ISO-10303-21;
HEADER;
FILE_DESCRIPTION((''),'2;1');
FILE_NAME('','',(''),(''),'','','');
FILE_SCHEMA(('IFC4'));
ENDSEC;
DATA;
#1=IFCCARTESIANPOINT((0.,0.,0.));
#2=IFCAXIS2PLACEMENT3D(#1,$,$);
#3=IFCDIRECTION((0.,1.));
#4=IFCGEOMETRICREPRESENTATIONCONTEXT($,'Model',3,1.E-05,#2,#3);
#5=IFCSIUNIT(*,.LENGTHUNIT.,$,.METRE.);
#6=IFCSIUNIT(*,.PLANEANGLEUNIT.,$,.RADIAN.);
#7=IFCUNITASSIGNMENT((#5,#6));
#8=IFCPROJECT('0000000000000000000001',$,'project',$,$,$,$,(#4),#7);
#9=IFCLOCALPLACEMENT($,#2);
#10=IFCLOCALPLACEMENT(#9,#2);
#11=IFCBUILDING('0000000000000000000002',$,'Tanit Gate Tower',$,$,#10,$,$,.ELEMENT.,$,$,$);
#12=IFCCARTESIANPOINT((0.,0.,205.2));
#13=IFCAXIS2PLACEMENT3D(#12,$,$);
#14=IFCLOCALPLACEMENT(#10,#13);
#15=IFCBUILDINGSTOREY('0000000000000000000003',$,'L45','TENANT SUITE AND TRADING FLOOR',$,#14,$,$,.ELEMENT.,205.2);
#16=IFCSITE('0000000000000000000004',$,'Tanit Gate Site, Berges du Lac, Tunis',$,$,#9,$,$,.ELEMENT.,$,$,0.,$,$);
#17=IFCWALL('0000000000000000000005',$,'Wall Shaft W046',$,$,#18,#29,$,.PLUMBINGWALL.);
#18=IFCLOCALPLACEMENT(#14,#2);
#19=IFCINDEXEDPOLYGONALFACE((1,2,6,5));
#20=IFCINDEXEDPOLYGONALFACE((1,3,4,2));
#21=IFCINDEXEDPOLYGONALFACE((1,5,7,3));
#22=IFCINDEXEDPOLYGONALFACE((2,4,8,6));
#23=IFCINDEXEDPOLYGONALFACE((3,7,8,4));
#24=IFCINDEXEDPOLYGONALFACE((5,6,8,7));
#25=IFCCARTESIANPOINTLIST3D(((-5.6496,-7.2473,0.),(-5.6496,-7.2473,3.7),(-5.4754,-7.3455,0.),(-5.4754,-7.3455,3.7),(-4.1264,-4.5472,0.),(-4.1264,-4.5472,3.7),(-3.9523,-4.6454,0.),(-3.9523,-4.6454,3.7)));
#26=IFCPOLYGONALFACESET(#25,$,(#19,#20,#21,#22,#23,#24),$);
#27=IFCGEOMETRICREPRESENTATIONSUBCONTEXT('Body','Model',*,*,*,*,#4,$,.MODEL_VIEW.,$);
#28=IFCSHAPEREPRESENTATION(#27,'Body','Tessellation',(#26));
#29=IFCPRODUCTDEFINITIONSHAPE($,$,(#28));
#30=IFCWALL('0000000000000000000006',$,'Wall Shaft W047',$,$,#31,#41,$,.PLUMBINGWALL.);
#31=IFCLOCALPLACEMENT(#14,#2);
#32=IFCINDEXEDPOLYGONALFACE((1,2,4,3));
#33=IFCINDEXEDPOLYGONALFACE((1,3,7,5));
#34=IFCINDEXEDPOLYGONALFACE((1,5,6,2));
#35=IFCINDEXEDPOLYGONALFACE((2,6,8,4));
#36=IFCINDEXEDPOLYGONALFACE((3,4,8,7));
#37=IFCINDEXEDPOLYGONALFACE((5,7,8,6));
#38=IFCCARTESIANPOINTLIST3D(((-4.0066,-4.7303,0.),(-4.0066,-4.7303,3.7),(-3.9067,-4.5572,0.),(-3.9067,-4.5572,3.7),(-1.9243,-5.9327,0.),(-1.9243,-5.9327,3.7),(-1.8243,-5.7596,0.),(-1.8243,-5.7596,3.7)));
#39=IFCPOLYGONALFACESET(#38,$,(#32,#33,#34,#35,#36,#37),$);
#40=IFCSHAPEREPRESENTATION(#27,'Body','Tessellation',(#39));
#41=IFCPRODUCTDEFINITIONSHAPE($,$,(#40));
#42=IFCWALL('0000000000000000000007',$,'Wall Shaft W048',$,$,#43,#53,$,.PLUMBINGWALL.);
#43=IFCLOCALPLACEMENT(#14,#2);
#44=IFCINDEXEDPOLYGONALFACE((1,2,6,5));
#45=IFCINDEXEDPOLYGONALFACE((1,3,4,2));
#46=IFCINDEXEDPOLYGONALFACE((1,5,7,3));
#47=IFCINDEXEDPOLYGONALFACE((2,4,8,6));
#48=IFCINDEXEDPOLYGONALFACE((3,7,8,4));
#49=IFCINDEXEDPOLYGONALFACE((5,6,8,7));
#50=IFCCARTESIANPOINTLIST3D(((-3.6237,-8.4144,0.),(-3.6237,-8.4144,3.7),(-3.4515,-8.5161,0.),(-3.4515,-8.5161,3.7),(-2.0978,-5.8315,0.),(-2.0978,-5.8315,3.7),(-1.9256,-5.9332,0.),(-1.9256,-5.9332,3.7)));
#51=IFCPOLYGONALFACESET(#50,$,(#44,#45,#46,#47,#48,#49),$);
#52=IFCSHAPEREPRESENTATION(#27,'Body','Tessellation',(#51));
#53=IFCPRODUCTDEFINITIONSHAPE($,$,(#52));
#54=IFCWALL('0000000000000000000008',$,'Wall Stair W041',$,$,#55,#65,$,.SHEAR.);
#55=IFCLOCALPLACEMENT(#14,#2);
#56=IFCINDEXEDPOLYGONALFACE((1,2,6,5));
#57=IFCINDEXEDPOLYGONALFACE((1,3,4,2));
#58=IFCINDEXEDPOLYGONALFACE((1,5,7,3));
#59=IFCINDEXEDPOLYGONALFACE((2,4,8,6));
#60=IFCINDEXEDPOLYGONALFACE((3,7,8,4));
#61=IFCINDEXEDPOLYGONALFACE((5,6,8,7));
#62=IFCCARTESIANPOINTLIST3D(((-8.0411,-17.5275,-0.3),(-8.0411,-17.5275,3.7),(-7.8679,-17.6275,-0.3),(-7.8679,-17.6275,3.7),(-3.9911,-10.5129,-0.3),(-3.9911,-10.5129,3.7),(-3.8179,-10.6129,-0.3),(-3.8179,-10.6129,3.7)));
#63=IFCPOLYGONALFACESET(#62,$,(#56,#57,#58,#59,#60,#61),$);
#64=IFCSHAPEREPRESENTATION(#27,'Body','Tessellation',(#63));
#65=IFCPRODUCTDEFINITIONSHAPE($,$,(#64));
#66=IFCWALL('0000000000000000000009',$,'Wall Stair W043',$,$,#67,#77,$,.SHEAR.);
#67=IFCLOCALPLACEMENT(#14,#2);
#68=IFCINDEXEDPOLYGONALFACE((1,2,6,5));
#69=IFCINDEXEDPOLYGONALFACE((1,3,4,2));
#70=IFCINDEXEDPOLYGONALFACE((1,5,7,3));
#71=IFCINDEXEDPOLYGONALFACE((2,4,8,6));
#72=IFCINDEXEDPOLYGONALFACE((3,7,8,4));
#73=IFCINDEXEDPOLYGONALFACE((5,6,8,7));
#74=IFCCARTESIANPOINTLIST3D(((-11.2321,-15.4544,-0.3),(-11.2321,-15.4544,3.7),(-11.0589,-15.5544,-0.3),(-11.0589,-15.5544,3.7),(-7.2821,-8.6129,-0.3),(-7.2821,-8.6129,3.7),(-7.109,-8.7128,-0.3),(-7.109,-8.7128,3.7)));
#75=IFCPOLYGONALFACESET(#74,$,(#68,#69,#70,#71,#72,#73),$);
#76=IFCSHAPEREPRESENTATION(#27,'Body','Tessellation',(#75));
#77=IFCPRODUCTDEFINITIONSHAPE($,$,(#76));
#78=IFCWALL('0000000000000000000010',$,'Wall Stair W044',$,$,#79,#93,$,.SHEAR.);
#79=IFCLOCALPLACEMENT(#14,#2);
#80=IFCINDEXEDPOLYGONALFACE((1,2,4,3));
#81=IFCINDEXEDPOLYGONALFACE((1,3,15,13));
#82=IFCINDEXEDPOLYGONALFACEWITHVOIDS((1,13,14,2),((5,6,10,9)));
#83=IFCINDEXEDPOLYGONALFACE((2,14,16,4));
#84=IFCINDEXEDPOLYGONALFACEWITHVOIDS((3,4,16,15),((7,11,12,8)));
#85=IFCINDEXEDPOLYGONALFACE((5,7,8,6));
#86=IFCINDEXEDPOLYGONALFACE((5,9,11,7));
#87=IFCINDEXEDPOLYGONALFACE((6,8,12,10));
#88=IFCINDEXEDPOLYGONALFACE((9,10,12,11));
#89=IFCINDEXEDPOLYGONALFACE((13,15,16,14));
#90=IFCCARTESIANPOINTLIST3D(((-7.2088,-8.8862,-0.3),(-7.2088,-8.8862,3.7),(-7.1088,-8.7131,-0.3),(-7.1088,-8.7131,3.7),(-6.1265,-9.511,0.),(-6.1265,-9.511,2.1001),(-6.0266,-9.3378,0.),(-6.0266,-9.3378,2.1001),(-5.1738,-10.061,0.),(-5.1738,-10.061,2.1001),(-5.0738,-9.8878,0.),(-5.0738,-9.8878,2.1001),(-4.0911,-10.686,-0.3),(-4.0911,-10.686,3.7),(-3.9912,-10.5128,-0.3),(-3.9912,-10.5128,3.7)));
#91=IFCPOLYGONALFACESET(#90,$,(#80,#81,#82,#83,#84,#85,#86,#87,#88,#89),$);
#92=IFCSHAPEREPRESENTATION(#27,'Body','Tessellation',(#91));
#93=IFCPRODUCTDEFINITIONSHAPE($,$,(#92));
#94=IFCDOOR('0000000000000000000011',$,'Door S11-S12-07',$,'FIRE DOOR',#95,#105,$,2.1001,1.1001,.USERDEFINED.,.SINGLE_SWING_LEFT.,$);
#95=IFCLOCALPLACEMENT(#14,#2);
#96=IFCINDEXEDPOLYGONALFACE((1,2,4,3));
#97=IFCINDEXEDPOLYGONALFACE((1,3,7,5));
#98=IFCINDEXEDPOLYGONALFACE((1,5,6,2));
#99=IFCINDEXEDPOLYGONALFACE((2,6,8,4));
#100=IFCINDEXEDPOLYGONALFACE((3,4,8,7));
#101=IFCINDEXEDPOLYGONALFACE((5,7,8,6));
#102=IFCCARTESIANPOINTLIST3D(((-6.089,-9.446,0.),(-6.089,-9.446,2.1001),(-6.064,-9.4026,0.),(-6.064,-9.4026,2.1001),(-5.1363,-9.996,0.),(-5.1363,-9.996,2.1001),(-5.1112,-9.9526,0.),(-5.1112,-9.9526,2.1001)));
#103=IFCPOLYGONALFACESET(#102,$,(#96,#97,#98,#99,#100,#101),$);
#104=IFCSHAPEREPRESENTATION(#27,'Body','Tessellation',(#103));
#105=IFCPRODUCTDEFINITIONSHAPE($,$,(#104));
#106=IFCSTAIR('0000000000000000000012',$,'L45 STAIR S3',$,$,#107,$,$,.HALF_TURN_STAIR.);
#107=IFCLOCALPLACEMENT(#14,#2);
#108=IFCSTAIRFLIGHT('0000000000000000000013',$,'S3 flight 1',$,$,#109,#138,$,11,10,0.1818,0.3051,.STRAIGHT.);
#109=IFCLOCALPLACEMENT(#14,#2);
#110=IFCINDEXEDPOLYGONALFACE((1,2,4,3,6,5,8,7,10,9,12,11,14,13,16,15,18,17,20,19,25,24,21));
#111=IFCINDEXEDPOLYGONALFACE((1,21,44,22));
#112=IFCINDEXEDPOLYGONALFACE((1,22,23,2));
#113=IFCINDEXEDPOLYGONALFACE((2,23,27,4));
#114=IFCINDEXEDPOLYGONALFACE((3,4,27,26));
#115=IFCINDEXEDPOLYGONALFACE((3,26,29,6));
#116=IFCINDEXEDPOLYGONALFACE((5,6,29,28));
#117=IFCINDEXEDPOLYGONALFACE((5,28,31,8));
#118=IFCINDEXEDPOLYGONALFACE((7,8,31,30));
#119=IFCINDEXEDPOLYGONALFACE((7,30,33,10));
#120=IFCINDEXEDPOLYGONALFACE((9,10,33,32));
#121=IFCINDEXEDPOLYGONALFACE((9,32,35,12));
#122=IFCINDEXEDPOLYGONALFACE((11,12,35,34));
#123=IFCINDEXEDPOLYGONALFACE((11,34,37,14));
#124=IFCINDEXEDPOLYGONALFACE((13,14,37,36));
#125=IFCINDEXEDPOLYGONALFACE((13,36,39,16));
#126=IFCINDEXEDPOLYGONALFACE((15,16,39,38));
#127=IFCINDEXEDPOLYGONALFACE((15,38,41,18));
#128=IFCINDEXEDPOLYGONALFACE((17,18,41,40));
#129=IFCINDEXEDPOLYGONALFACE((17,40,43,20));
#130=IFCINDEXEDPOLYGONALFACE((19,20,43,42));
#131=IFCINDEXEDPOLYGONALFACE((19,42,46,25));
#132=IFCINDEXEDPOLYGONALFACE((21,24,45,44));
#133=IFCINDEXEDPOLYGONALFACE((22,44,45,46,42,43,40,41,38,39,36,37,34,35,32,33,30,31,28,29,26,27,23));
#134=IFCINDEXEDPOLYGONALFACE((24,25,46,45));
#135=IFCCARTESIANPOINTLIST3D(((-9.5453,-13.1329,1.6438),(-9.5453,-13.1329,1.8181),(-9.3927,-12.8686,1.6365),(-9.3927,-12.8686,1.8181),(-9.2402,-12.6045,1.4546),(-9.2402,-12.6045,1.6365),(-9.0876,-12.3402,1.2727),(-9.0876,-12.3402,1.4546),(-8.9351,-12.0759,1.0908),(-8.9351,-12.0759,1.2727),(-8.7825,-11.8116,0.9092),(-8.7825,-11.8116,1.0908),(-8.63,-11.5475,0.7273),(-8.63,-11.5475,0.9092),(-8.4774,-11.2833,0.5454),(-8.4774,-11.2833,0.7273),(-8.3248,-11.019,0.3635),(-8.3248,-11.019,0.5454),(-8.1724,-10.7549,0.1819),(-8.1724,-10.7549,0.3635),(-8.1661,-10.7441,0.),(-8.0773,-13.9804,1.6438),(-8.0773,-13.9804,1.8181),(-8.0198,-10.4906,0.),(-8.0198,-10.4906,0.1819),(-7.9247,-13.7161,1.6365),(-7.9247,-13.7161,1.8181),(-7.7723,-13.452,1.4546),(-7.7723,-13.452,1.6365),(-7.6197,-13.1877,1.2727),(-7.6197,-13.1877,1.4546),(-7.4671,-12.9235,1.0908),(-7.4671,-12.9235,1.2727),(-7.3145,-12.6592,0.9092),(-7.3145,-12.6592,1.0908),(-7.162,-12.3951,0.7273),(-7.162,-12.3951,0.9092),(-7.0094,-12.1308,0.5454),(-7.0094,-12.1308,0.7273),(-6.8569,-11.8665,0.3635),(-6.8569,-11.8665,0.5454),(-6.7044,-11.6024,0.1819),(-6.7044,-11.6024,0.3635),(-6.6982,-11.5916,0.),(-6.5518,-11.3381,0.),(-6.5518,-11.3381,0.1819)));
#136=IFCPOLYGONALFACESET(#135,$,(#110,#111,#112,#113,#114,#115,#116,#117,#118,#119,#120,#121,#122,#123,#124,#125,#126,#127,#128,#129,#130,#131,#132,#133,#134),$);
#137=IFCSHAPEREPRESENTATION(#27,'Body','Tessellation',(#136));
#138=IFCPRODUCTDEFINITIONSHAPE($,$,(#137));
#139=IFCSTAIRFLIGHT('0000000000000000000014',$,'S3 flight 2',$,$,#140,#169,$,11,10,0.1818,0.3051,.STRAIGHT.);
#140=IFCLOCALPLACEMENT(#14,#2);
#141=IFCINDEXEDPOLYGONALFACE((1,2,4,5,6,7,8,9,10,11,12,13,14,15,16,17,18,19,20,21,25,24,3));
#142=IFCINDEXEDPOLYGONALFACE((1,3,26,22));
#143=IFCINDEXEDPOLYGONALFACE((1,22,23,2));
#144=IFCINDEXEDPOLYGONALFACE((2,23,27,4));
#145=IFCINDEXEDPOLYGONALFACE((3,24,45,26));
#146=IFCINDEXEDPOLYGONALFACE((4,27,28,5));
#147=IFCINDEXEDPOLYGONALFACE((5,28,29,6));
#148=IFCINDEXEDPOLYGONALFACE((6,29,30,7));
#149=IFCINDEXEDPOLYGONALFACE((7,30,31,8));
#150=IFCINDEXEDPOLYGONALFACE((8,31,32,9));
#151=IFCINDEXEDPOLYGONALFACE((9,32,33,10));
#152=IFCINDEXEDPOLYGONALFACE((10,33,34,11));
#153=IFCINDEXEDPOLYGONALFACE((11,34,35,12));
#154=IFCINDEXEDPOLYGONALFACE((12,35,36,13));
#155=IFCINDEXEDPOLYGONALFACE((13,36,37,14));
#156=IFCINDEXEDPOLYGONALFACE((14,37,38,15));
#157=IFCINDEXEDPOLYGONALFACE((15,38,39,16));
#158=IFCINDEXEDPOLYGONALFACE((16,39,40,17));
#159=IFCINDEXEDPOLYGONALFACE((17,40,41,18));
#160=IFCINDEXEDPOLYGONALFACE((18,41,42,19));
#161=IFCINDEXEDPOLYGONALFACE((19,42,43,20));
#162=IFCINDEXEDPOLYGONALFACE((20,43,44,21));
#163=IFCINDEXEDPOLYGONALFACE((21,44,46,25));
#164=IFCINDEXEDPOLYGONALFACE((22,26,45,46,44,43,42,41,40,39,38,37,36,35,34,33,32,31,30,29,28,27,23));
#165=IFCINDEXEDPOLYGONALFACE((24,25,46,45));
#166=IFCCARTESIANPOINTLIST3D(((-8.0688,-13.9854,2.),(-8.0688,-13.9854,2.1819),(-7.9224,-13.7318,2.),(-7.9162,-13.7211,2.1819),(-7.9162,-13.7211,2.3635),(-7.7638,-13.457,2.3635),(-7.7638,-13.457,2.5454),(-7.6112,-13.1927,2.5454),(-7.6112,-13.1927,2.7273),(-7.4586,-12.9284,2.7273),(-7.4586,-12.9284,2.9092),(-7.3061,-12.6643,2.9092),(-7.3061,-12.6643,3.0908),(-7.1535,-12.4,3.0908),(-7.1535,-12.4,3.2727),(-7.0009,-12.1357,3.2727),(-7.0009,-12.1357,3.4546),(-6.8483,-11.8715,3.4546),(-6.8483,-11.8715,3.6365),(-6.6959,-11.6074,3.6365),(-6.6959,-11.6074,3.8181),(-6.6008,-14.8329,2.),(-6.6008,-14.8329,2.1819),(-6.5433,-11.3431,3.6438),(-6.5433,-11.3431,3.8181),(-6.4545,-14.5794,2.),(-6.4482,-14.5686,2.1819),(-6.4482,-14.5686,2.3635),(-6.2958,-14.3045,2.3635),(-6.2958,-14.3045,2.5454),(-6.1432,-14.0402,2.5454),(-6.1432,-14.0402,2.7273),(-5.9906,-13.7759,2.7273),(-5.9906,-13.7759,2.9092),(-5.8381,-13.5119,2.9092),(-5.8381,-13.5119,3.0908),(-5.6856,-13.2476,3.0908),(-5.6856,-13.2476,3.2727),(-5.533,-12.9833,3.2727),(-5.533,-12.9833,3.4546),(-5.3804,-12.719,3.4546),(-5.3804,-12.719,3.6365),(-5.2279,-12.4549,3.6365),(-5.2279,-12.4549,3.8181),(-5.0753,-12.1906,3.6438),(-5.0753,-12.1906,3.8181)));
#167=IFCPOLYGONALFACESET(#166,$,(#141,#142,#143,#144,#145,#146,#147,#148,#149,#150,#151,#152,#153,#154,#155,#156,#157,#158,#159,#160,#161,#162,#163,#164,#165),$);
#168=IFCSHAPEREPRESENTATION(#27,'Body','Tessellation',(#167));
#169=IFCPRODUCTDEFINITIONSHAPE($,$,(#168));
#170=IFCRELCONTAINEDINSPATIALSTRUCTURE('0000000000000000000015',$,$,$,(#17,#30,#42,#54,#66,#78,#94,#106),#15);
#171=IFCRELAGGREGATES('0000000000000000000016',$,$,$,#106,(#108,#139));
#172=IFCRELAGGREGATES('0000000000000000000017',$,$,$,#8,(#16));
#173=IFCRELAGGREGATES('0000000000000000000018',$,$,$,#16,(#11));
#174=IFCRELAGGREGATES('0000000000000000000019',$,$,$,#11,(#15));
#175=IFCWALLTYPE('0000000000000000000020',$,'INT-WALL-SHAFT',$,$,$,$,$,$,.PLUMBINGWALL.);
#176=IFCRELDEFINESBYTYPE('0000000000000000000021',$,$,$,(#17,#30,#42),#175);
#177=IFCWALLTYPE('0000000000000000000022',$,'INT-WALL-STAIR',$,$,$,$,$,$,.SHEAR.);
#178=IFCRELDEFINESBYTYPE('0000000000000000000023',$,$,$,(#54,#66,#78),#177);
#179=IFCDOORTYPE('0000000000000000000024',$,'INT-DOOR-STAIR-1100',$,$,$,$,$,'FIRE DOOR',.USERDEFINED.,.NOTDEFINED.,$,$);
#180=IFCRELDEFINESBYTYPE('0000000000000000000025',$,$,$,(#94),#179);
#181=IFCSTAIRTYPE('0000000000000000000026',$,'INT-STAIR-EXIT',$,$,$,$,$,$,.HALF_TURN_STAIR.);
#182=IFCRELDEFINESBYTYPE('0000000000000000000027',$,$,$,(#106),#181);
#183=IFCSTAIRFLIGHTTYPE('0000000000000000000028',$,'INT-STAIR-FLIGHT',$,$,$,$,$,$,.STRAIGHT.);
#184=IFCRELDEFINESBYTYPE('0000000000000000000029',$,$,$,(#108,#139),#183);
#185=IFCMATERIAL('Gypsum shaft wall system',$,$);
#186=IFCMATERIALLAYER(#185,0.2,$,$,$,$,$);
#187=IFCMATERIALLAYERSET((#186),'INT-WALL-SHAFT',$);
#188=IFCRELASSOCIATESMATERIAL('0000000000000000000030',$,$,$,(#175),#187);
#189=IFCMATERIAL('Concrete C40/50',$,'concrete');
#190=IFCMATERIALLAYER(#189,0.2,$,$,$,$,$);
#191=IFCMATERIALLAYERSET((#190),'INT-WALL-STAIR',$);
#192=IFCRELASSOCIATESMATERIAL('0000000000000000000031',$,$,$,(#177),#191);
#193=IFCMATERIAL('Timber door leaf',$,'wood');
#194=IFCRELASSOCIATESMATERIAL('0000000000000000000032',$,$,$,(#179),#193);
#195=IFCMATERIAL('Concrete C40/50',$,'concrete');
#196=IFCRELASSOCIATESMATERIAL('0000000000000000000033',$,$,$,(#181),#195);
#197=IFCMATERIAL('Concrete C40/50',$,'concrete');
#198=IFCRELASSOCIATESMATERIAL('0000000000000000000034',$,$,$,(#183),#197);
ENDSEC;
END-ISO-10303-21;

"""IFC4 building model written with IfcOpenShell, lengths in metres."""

from ifc_helpers import new_model, si_unit, direction, frame, frame_2d, origin, place, context, subcontext, project, spatial, polyline, rectangle, outline, extrude, material, layer, layer_set, type_object, element, fill, aggregate, save


model = new_model("IFC4")

# Units and contexts
model_context = context("Model", 3, precision=1e-05, world=origin(), true_north=direction((0.0, 1.0)))
body_context = subcontext(model_context, "Body", "Model", "MODEL_VIEW")
ifc_project = project(units=[si_unit("LENGTHUNIT", "METRE"), si_unit("PLANEANGLEUNIT", "RADIAN")], contexts=[model_context])

# Site, building, storey
site_placement = place(None, origin())
site = spatial("IfcSite", under=ifc_project, at=site_placement, Name="Tanit Gate Site, Berges du Lac, Tunis", CompositionType="ELEMENT", RefElevation=0.0)
building_placement = place(site_placement, origin())
building = spatial("IfcBuilding", under=site, at=building_placement, Name="Tanit Gate Tower", CompositionType="ELEMENT")
storey_placement = place(building_placement, frame((0.0, 0.0, 205.2)))
storey = spatial("IfcBuildingStorey", under=building, at=storey_placement, Name="L45", Description="TENANT SUITE AND TRADING FLOOR", CompositionType="ELEMENT", Elevation=205.2)

# Shared definitions
ifc_material_1 = material(Name="Gypsum shaft wall system")
ifc_layer_1 = layer(ifc_material_1, 0.2)
ifc_layer_set_1 = layer_set([ifc_layer_1], Name="INT-WALL-SHAFT")
wall_type_1 = type_object("IfcWallType", Name="INT-WALL-SHAFT", PredefinedType="PLUMBINGWALL", material=ifc_layer_set_1)

# Walls
wall_1_placement = place(storey_placement, frame((-5.5625, -7.2964, 0.0), z_axis=(0.0, 0.0, 1.0), x_axis=(0.491323, 0.870978, 0.0)))
element("IfcWall", 1, at=wall_1_placement, inside=storey, type_object=wall_type_1, Name="Wall Shaft W046", PredefinedType="PLUMBINGWALL", context=body_context, shape_type="SweptSolid", body=[
    extrude(rectangle(XDim=3.1001, YDim=0.2, at=frame_2d((1.55, 0.0))), origin(), (0.0, 0.0, 1.0), 3.7),
])
wall_2_placement = place(storey_placement, frame((-3.9565, -4.6438, 0.0), z_axis=(0.0, 0.0, 1.0), x_axis=(0.865991, -0.500059, 0.0)))
element("IfcWall", 2, at=wall_2_placement, inside=storey, type_object=wall_type_1, Name="Wall Shaft W047", PredefinedType="PLUMBINGWALL", context=body_context, shape_type="SweptSolid", body=[
    extrude(rectangle(XDim=2.4045, YDim=0.2, at=frame_2d((1.2021, 0.0))), origin(), (0.0, 0.0, 1.0), 3.7),
])
wall_3_placement = place(storey_placement, frame((-2.0117, -5.8823, 0.0), z_axis=(0.0, 0.0, 1.0), x_axis=(-0.50862, -0.860991, 0.0)))
element("IfcWall", 3, at=wall_3_placement, inside=storey, type_object=wall_type_1, Name="Wall Shaft W048", PredefinedType="PLUMBINGWALL", context=body_context, shape_type="SweptSolid", body=[
    extrude(rectangle(XDim=3.0, YDim=0.2, at=frame_2d((1.5, 0.0))), origin(), (0.0, 0.0, 1.0), 3.7),
])
ifc_material_2 = material(Name="Concrete C40/50", Category="concrete")
ifc_layer_2 = layer(ifc_material_2, 0.2)
ifc_layer_set_2 = layer_set([ifc_layer_2], Name="INT-WALL-STAIR")
wall_type_2 = type_object("IfcWallType", Name="INT-WALL-STAIR", PredefinedType="SHEAR", material=ifc_layer_set_2)
wall_4_placement = place(storey_placement, frame((-3.9045, -10.563, -0.3), z_axis=(0.0, 0.0, 1.0), x_axis=(-0.500013, -0.866018, 0.0)))
element("IfcWall", 4, at=wall_4_placement, inside=storey, type_object=wall_type_2, Name="Wall Stair W041", PredefinedType="SHEAR", context=body_context, shape_type="SweptSolid", body=[
    extrude(rectangle(XDim=8.0999, YDim=0.2, at=frame_2d((4.0498, 0.0))), origin(), (0.0, 0.0, 1.0), 4.0),
])
wall_5_placement = place(storey_placement, frame((-7.1956, -8.6628, -0.3), z_axis=(0.0, 0.0, 1.0), x_axis=(-0.499998, -0.866027, 0.0)))
element("IfcWall", 5, at=wall_5_placement, inside=storey, type_object=wall_type_2, Name="Wall Stair W043", PredefinedType="SHEAR", context=body_context, shape_type="SweptSolid", body=[
    extrude(rectangle(XDim=7.8999, YDim=0.2, at=frame_2d((3.95, 0.0))), origin(), (0.0, 0.0, 1.0), 4.0),
])

# Wall, opening, door
wall_6_placement = place(storey_placement, frame((-4.0413, -10.5994, -0.3), z_axis=(0.0, 0.0, 1.0), x_axis=(-0.866048, 0.499961, 0.0)))
wall_6 = element("IfcWall", 6, at=wall_6_placement, inside=storey, type_object=wall_type_2, Name="Wall Stair W044", PredefinedType="SHEAR", context=body_context, shape_type="SweptSolid", body=[
    extrude(rectangle(XDim=3.5999, YDim=0.2, at=frame_2d((1.7998, 0.0))), origin(), (0.0, 0.0, 1.0), 4.0),
])
opening_1_placement = place(wall_6_placement, frame((1.25, 0.0, 0.3)))
opening_1 = element("IfcOpeningElement", 7, at=opening_1_placement, cuts=wall_6, PredefinedType="OPENING", context=body_context, shape_type="SweptSolid", body=[
    extrude(rectangle(XDim=1.1001, YDim=2.1001, at=frame_2d((0.55, 1.05))), frame((0.0, 0.1099, 0.0), z_axis=(0.0, -1.0, 0.0), x_axis=(1.0, 0.0, 0.0)), (0.0, 0.0, 1.0), 0.22),
])
ifc_material_3 = material(Name="Timber door leaf", Category="wood")
door_type_1 = type_object("IfcDoorType", Name="INT-DOOR-STAIR-1100", ElementType="FIRE DOOR", OperationType="NOTDEFINED", PredefinedType="USERDEFINED", material=ifc_material_3)
door_1_placement = place(opening_1_placement, origin())
door_1 = element("IfcDoor", 8, at=door_1_placement, inside=storey, type_object=door_type_1, Name="Door S11-S12-07", ObjectType="FIRE DOOR", OperationType="SINGLE_SWING_LEFT", OverallHeight=2.1001, OverallWidth=1.1001, PredefinedType="USERDEFINED", context=body_context, shape_type="SweptSolid", body=[
    extrude(rectangle(XDim=1.1001, YDim=2.1001, at=frame_2d((0.55, 1.05))), frame((0.0, 0.0249, 0.0), z_axis=(0.0, -1.0, 0.0), x_axis=(1.0, 0.0, 0.0)), (0.0, 0.0, 1.0), 0.05),
])
fill(opening_1, door_1)

# Stair, stair flights
ifc_material_4 = material(Name="Concrete C40/50", Category="concrete")
stair_type = type_object("IfcStairType", Name="INT-STAIR-EXIT", PredefinedType="HALF_TURN_STAIR", material=ifc_material_4)
stair_placement = place(storey_placement, origin())
stair = element("IfcStair", 9, at=stair_placement, inside=storey, type_object=stair_type, Name="L45 STAIR S3", PredefinedType="HALF_TURN_STAIR")
ifc_material_5 = material(Name="Concrete C40/50", Category="concrete")
stair_flight_type = type_object("IfcStairFlightType", Name="INT-STAIR-FLIGHT", PredefinedType="STRAIGHT", material=ifc_material_5)
stair_flight_1_placement = place(storey_placement, frame((-7.2859, -10.9143, 0.0), z_axis=(0.0, 0.0, 1.0), x_axis=(-0.5, -0.866025, 0.0)))
stair_flight_1 = element("IfcStairFlight", 10, at=stair_flight_1_placement, type_object=stair_flight_type, Name="S3 flight 1", NumberOfRisers=11, NumberOfTreads=10, PredefinedType="STRAIGHT", RiserHeight=0.1818, TreadLength=0.3051, context=body_context, shape_type="SweptSolid", body=[
    extrude(outline(polyline([(0.0, 0.0), (0.0, 0.1819), (0.3052, 0.1819), (0.3052, 0.3635), (0.6101, 0.3635), (0.6101, 0.5454), (0.9153, 0.5454), (0.9153, 0.7273), (1.2205, 0.7273), (1.2205, 0.9092), (1.5254, 0.9092), (1.5254, 1.0908), (1.8306, 1.0908), (1.8306, 1.2727), (2.1357, 1.2727), (2.1357, 1.4546), (2.4409, 1.4546), (2.4409, 1.6365), (2.7458, 1.6365), (2.7458, 1.8181), (3.051, 1.8181), (3.051, 2.0), (3.051, 1.6438), (0.2927, 0.0), (0.0, 0.0)])), frame((0.0, 0.8477, 0.0), z_axis=(0.0, -1.0, 0.0), x_axis=(1.0, 0.0, 0.0)), (0.0, 0.0, 1.0), 1.6951),
])
stair_flight_2_placement = place(storey_placement, frame((-7.3347, -14.4092, 2.0), z_axis=(0.0, 0.0, 1.0), x_axis=(0.5, 0.866025, 0.0)))
stair_flight_2 = element("IfcStairFlight", 11, at=stair_flight_2_placement, type_object=stair_flight_type, Name="S3 flight 2", NumberOfRisers=11, NumberOfTreads=10, PredefinedType="STRAIGHT", RiserHeight=0.1818, TreadLength=0.3051, context=body_context, shape_type="SweptSolid", body=[
    extrude(outline(polyline([(0.0, 0.0), (0.0, 0.1819), (0.3052, 0.1819), (0.3052, 0.3635), (0.6101, 0.3635), (0.6101, 0.5454), (0.9153, 0.5454), (0.9153, 0.7273), (1.2205, 0.7273), (1.2205, 0.9092), (1.5254, 0.9092), (1.5254, 1.0908), (1.8306, 1.0908), (1.8306, 1.2727), (2.1357, 1.2727), (2.1357, 1.4546), (2.4409, 1.4546), (2.4409, 1.6365), (2.7458, 1.6365), (2.7458, 1.8181), (3.051, 1.8181), (3.051, 2.0), (3.051, 1.6438), (0.2927, 0.0), (0.0, 0.0)])), frame((0.0, 0.8477, 0.0), z_axis=(0.0, -1.0, 0.0), x_axis=(1.0, 0.0, 0.0)), (0.0, 0.0, 1.0), 1.6951),
])
aggregate(stair, [stair_flight_1, stair_flight_2])

save(model, "model.ifc")
